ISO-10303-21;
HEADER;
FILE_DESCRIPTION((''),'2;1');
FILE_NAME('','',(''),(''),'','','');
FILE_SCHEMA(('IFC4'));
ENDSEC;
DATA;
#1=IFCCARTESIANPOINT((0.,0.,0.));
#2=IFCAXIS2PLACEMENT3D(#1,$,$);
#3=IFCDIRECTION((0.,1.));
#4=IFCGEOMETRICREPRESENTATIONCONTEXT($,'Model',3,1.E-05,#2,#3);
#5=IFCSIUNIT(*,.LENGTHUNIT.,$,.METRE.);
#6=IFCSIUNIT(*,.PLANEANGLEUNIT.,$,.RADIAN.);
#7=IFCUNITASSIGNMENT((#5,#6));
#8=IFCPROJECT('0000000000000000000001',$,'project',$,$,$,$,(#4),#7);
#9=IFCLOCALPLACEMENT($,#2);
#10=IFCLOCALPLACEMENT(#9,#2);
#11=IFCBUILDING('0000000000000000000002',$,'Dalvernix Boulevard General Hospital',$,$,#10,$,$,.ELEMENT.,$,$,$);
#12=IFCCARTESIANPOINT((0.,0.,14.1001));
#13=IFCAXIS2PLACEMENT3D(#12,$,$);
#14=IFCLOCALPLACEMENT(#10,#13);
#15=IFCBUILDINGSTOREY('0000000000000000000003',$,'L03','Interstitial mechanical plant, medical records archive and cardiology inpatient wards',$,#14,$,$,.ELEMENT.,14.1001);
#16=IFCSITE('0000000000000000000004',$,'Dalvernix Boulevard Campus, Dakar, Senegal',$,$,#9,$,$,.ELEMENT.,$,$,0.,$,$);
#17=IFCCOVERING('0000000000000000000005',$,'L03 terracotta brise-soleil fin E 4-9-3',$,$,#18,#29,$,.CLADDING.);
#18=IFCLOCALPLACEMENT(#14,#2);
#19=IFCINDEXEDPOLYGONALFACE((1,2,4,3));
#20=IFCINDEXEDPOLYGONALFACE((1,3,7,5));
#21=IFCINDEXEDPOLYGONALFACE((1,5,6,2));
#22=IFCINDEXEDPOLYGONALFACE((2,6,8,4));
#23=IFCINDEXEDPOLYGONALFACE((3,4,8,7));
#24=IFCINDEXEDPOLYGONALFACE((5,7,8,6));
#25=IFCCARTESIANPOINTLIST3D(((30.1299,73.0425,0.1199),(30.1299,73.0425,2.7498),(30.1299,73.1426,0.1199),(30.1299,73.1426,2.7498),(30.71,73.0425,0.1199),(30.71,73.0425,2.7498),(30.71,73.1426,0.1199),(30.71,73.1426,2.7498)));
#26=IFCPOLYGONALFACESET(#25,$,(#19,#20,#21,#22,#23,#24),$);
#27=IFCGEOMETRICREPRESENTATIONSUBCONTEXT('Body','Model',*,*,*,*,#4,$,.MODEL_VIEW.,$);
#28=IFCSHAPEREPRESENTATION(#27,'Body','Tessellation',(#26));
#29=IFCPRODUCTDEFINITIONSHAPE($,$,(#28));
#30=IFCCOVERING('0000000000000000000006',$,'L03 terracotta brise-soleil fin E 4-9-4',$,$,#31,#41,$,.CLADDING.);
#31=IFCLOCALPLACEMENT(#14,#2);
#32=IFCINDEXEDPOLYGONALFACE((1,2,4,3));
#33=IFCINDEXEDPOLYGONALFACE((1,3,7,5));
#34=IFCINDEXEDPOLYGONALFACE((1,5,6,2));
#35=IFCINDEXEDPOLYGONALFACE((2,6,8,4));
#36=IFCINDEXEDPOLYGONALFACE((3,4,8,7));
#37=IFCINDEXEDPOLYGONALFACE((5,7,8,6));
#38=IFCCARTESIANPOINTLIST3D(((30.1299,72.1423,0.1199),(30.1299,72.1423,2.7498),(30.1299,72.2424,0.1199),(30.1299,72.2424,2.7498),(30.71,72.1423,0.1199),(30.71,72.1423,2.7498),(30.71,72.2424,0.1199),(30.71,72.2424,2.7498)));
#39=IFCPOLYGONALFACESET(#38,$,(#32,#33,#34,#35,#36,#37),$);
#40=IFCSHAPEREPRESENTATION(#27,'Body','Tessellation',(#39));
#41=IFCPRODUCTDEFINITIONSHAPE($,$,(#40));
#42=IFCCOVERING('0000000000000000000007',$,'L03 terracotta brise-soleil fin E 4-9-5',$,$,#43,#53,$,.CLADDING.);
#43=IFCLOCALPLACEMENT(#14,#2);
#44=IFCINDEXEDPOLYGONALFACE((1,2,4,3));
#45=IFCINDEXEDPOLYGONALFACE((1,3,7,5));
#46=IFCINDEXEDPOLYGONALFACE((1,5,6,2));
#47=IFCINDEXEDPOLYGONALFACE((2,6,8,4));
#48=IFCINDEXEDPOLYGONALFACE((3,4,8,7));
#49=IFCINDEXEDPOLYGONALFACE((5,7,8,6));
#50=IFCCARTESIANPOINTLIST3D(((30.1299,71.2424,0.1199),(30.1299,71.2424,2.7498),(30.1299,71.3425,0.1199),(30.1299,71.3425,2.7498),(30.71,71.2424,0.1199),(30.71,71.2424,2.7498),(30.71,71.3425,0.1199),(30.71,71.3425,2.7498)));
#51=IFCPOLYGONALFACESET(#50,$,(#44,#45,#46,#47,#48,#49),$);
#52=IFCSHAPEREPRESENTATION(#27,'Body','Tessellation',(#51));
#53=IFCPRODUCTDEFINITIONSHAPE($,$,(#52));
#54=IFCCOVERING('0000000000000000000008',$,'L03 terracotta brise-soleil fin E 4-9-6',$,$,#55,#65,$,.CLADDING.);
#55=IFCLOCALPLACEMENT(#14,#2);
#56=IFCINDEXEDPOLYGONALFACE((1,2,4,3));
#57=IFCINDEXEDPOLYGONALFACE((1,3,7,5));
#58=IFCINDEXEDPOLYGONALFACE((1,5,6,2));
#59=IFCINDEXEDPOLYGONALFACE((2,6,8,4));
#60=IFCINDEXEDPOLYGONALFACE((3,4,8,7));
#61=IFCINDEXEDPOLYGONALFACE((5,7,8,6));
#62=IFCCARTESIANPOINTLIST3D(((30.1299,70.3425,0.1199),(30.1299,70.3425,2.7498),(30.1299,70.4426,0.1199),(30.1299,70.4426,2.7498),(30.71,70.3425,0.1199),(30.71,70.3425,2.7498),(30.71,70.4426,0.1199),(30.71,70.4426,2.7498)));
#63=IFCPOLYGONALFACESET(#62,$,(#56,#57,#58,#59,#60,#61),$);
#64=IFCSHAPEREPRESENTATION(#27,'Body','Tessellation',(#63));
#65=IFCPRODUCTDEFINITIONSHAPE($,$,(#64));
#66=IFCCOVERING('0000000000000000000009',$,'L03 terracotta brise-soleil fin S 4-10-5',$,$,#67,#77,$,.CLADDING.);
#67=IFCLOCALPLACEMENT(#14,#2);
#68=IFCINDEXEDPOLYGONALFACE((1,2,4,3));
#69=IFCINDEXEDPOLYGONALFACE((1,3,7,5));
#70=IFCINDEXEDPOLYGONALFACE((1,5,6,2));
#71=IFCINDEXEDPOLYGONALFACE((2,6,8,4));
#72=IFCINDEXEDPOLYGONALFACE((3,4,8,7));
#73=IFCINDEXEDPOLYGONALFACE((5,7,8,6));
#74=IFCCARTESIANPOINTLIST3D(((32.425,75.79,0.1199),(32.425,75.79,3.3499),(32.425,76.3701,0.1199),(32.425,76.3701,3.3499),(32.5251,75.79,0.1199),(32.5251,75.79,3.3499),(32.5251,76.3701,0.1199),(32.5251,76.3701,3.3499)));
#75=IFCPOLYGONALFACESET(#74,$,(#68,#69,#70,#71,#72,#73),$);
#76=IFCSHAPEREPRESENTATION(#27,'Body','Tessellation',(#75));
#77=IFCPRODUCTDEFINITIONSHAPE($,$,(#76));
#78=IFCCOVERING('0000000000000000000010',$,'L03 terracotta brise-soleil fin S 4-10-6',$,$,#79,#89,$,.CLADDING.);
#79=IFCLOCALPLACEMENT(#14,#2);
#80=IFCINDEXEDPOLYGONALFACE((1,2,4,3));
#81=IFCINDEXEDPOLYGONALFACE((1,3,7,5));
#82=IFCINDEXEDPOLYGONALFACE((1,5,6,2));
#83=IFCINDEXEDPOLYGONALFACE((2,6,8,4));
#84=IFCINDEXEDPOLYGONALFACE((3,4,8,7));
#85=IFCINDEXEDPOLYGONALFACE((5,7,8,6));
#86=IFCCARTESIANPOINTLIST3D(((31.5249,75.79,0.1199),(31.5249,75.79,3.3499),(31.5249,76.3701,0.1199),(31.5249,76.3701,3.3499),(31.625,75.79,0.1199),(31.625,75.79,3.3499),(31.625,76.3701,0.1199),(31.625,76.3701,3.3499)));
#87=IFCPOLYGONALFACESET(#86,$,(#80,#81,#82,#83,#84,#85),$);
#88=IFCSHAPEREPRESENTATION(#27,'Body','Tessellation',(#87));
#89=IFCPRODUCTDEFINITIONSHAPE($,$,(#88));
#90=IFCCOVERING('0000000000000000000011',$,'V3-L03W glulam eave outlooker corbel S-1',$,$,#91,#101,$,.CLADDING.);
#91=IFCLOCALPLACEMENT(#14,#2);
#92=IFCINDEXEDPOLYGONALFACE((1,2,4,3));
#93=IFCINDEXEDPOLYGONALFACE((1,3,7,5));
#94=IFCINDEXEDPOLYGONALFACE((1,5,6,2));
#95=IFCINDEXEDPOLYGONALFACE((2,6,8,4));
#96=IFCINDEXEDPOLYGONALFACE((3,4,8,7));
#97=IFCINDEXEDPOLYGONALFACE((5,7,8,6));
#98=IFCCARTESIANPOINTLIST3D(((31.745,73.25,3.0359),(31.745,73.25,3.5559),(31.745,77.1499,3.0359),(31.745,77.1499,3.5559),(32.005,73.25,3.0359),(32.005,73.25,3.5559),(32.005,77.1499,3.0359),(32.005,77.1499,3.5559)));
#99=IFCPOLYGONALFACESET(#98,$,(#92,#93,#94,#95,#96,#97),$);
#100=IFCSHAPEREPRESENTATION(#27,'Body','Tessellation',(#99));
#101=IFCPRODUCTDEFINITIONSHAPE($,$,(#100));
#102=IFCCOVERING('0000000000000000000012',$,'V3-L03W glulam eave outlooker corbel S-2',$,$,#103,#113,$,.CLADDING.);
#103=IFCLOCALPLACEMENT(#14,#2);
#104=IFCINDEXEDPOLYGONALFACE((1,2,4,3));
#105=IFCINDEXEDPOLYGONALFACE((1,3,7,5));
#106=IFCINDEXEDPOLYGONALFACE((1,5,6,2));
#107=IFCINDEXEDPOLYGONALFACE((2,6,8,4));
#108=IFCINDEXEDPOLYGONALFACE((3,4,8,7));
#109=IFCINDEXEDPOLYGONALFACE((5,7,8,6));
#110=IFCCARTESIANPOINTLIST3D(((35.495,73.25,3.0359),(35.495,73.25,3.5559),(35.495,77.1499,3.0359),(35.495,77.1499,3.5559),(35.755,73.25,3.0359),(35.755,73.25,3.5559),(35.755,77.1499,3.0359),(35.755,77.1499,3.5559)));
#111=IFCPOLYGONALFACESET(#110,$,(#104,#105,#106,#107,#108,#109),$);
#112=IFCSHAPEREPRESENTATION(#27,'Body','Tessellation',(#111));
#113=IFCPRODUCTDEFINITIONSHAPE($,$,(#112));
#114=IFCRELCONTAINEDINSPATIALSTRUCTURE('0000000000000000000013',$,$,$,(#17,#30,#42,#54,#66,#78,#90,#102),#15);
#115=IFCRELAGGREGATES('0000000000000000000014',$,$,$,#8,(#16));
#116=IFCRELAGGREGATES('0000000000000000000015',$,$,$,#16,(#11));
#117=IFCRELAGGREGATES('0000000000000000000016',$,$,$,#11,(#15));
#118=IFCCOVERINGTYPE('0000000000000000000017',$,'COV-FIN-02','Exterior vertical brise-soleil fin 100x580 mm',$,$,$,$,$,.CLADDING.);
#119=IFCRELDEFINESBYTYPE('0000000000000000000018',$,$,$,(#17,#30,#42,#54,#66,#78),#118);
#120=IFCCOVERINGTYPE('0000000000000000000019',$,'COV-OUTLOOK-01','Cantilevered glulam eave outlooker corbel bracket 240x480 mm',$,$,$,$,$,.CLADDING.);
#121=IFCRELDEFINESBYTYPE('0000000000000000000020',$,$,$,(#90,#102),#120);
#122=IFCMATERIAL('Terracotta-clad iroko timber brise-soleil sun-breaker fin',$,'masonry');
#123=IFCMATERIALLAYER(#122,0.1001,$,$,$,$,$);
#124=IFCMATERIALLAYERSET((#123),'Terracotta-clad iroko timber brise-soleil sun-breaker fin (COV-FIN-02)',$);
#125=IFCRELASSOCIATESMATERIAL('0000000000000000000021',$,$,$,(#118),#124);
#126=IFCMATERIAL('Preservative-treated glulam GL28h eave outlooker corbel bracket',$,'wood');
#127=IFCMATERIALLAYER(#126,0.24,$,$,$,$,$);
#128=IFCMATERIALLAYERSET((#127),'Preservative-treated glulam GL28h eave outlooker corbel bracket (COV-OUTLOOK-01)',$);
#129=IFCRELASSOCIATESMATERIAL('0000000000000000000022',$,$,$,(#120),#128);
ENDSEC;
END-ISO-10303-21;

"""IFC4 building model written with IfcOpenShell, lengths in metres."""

from ifc_helpers import new_model, si_unit, direction, frame, origin, origin_2d, place, context, subcontext, project, spatial, rectangle, extrude, material, layer, layer_set, type_object, element, save


model = new_model("IFC4")

# Units and contexts
model_context = context("Model", 3, precision=1e-05, world=origin(), true_north=direction((0.0, 1.0)))
body_context = subcontext(model_context, "Body", "Model", "MODEL_VIEW")
ifc_project = project(units=[si_unit("LENGTHUNIT", "METRE"), si_unit("PLANEANGLEUNIT", "RADIAN")], contexts=[model_context])

# Site, building, storey
site_placement = place(None, origin())
site = spatial("IfcSite", under=ifc_project, at=site_placement, Name="Dalvernix Boulevard Campus, Dakar, Senegal", CompositionType="ELEMENT", RefElevation=0.0)
building_placement = place(site_placement, origin())
building = spatial("IfcBuilding", under=site, at=building_placement, Name="Dalvernix Boulevard General Hospital", CompositionType="ELEMENT")
storey_placement = place(building_placement, frame((0.0, 0.0, 14.1001)))
storey = spatial("IfcBuildingStorey", under=building, at=storey_placement, Name="L03", Description="Interstitial mechanical plant, medical records archive and cardiology inpatient wards", CompositionType="ELEMENT", Elevation=14.1001)

# Coverings
ifc_material_1 = material(Name="Terracotta-clad iroko timber brise-soleil sun-breaker fin", Category="masonry")
ifc_layer_1 = layer(ifc_material_1, 0.1001)
ifc_layer_set_1 = layer_set([ifc_layer_1], Name="Terracotta-clad iroko timber brise-soleil sun-breaker fin (COV-FIN-02)")
covering_type_1 = type_object("IfcCoveringType", Name="COV-FIN-02", Description="Exterior vertical brise-soleil fin 100x580 mm", PredefinedType="CLADDING", material=ifc_layer_set_1)
for number, where, z_axis, x_axis, name in (
    (1, (30.4199, 73.0925, 0.1199), (0.0, 0.0, 1.0), (0.0, -1.0, 0.0), "L03 terracotta brise-soleil fin E 4-9-3"),
    (2, (30.4199, 72.1924, 0.1199), (0.0, 0.0, 1.0), (0.0, -1.0, 0.0), "L03 terracotta brise-soleil fin E 4-9-4"),
    (3, (30.4199, 71.2925, 0.1199), (0.0, 0.0, 1.0), (0.0, -1.0, 0.0), "L03 terracotta brise-soleil fin E 4-9-5"),
    (4, (30.4199, 70.3926, 0.1199), (0.0, 0.0, 1.0), (0.0, -1.0, 0.0), "L03 terracotta brise-soleil fin E 4-9-6"),
):
    element("IfcCovering", number, at=place(storey_placement, frame(where, z_axis=z_axis, x_axis=x_axis)), inside=storey, type_object=covering_type_1, Name=name, PredefinedType="CLADDING", context=body_context, shape_type="SweptSolid", body=[
        extrude(rectangle(XDim=0.1001, YDim=0.5801, at=origin_2d()), origin(), (0.0, 0.0, 1.0), 2.6299),
    ])
for number, where, z_axis, x_axis, name in (
    (5, (32.4751, 76.0801, 0.1199), (0.0, 0.0, 1.0), (-1.0, 0.0, 0.0), "L03 terracotta brise-soleil fin S 4-10-5"),
    (6, (31.575, 76.0801, 0.1199), (0.0, 0.0, 1.0), (-1.0, 0.0, 0.0), "L03 terracotta brise-soleil fin S 4-10-6"),
):
    element("IfcCovering", number, at=place(storey_placement, frame(where, z_axis=z_axis, x_axis=x_axis)), inside=storey, type_object=covering_type_1, Name=name, PredefinedType="CLADDING", context=body_context, shape_type="SweptSolid", body=[
        extrude(rectangle(XDim=0.1001, YDim=0.5801, at=origin_2d()), origin(), (0.0, 0.0, 1.0), 3.23),
    ])
ifc_material_2 = material(Name="Preservative-treated glulam GL28h eave outlooker corbel bracket", Category="wood")
ifc_layer_2 = layer(ifc_material_2, 0.24)
ifc_layer_set_2 = layer_set([ifc_layer_2], Name="Preservative-treated glulam GL28h eave outlooker corbel bracket (COV-OUTLOOK-01)")
covering_type_2 = type_object("IfcCoveringType", Name="COV-OUTLOOK-01", Description="Cantilevered glulam eave outlooker corbel bracket 240x480 mm", PredefinedType="CLADDING", material=ifc_layer_set_2)
for number, where, z_axis, x_axis, name in (
    (7, (31.875, 75.2, 3.0359), (0.0, 0.0, 1.0), (1.0, 0.0, 0.0), "V3-L03W glulam eave outlooker corbel S-1"),
    (8, (35.625, 75.2, 3.0359), (0.0, 0.0, 1.0), (1.0, 0.0, 0.0), "V3-L03W glulam eave outlooker corbel S-2"),
):
    element("IfcCovering", number, at=place(storey_placement, frame(where, z_axis=z_axis, x_axis=x_axis)), inside=storey, type_object=covering_type_2, Name=name, PredefinedType="CLADDING", context=body_context, shape_type="SweptSolid", body=[
        extrude(rectangle(XDim=0.26, YDim=3.8999, at=origin_2d()), origin(), (0.0, 0.0, 1.0), 0.52),
    ])

save(model, "model.ifc")
